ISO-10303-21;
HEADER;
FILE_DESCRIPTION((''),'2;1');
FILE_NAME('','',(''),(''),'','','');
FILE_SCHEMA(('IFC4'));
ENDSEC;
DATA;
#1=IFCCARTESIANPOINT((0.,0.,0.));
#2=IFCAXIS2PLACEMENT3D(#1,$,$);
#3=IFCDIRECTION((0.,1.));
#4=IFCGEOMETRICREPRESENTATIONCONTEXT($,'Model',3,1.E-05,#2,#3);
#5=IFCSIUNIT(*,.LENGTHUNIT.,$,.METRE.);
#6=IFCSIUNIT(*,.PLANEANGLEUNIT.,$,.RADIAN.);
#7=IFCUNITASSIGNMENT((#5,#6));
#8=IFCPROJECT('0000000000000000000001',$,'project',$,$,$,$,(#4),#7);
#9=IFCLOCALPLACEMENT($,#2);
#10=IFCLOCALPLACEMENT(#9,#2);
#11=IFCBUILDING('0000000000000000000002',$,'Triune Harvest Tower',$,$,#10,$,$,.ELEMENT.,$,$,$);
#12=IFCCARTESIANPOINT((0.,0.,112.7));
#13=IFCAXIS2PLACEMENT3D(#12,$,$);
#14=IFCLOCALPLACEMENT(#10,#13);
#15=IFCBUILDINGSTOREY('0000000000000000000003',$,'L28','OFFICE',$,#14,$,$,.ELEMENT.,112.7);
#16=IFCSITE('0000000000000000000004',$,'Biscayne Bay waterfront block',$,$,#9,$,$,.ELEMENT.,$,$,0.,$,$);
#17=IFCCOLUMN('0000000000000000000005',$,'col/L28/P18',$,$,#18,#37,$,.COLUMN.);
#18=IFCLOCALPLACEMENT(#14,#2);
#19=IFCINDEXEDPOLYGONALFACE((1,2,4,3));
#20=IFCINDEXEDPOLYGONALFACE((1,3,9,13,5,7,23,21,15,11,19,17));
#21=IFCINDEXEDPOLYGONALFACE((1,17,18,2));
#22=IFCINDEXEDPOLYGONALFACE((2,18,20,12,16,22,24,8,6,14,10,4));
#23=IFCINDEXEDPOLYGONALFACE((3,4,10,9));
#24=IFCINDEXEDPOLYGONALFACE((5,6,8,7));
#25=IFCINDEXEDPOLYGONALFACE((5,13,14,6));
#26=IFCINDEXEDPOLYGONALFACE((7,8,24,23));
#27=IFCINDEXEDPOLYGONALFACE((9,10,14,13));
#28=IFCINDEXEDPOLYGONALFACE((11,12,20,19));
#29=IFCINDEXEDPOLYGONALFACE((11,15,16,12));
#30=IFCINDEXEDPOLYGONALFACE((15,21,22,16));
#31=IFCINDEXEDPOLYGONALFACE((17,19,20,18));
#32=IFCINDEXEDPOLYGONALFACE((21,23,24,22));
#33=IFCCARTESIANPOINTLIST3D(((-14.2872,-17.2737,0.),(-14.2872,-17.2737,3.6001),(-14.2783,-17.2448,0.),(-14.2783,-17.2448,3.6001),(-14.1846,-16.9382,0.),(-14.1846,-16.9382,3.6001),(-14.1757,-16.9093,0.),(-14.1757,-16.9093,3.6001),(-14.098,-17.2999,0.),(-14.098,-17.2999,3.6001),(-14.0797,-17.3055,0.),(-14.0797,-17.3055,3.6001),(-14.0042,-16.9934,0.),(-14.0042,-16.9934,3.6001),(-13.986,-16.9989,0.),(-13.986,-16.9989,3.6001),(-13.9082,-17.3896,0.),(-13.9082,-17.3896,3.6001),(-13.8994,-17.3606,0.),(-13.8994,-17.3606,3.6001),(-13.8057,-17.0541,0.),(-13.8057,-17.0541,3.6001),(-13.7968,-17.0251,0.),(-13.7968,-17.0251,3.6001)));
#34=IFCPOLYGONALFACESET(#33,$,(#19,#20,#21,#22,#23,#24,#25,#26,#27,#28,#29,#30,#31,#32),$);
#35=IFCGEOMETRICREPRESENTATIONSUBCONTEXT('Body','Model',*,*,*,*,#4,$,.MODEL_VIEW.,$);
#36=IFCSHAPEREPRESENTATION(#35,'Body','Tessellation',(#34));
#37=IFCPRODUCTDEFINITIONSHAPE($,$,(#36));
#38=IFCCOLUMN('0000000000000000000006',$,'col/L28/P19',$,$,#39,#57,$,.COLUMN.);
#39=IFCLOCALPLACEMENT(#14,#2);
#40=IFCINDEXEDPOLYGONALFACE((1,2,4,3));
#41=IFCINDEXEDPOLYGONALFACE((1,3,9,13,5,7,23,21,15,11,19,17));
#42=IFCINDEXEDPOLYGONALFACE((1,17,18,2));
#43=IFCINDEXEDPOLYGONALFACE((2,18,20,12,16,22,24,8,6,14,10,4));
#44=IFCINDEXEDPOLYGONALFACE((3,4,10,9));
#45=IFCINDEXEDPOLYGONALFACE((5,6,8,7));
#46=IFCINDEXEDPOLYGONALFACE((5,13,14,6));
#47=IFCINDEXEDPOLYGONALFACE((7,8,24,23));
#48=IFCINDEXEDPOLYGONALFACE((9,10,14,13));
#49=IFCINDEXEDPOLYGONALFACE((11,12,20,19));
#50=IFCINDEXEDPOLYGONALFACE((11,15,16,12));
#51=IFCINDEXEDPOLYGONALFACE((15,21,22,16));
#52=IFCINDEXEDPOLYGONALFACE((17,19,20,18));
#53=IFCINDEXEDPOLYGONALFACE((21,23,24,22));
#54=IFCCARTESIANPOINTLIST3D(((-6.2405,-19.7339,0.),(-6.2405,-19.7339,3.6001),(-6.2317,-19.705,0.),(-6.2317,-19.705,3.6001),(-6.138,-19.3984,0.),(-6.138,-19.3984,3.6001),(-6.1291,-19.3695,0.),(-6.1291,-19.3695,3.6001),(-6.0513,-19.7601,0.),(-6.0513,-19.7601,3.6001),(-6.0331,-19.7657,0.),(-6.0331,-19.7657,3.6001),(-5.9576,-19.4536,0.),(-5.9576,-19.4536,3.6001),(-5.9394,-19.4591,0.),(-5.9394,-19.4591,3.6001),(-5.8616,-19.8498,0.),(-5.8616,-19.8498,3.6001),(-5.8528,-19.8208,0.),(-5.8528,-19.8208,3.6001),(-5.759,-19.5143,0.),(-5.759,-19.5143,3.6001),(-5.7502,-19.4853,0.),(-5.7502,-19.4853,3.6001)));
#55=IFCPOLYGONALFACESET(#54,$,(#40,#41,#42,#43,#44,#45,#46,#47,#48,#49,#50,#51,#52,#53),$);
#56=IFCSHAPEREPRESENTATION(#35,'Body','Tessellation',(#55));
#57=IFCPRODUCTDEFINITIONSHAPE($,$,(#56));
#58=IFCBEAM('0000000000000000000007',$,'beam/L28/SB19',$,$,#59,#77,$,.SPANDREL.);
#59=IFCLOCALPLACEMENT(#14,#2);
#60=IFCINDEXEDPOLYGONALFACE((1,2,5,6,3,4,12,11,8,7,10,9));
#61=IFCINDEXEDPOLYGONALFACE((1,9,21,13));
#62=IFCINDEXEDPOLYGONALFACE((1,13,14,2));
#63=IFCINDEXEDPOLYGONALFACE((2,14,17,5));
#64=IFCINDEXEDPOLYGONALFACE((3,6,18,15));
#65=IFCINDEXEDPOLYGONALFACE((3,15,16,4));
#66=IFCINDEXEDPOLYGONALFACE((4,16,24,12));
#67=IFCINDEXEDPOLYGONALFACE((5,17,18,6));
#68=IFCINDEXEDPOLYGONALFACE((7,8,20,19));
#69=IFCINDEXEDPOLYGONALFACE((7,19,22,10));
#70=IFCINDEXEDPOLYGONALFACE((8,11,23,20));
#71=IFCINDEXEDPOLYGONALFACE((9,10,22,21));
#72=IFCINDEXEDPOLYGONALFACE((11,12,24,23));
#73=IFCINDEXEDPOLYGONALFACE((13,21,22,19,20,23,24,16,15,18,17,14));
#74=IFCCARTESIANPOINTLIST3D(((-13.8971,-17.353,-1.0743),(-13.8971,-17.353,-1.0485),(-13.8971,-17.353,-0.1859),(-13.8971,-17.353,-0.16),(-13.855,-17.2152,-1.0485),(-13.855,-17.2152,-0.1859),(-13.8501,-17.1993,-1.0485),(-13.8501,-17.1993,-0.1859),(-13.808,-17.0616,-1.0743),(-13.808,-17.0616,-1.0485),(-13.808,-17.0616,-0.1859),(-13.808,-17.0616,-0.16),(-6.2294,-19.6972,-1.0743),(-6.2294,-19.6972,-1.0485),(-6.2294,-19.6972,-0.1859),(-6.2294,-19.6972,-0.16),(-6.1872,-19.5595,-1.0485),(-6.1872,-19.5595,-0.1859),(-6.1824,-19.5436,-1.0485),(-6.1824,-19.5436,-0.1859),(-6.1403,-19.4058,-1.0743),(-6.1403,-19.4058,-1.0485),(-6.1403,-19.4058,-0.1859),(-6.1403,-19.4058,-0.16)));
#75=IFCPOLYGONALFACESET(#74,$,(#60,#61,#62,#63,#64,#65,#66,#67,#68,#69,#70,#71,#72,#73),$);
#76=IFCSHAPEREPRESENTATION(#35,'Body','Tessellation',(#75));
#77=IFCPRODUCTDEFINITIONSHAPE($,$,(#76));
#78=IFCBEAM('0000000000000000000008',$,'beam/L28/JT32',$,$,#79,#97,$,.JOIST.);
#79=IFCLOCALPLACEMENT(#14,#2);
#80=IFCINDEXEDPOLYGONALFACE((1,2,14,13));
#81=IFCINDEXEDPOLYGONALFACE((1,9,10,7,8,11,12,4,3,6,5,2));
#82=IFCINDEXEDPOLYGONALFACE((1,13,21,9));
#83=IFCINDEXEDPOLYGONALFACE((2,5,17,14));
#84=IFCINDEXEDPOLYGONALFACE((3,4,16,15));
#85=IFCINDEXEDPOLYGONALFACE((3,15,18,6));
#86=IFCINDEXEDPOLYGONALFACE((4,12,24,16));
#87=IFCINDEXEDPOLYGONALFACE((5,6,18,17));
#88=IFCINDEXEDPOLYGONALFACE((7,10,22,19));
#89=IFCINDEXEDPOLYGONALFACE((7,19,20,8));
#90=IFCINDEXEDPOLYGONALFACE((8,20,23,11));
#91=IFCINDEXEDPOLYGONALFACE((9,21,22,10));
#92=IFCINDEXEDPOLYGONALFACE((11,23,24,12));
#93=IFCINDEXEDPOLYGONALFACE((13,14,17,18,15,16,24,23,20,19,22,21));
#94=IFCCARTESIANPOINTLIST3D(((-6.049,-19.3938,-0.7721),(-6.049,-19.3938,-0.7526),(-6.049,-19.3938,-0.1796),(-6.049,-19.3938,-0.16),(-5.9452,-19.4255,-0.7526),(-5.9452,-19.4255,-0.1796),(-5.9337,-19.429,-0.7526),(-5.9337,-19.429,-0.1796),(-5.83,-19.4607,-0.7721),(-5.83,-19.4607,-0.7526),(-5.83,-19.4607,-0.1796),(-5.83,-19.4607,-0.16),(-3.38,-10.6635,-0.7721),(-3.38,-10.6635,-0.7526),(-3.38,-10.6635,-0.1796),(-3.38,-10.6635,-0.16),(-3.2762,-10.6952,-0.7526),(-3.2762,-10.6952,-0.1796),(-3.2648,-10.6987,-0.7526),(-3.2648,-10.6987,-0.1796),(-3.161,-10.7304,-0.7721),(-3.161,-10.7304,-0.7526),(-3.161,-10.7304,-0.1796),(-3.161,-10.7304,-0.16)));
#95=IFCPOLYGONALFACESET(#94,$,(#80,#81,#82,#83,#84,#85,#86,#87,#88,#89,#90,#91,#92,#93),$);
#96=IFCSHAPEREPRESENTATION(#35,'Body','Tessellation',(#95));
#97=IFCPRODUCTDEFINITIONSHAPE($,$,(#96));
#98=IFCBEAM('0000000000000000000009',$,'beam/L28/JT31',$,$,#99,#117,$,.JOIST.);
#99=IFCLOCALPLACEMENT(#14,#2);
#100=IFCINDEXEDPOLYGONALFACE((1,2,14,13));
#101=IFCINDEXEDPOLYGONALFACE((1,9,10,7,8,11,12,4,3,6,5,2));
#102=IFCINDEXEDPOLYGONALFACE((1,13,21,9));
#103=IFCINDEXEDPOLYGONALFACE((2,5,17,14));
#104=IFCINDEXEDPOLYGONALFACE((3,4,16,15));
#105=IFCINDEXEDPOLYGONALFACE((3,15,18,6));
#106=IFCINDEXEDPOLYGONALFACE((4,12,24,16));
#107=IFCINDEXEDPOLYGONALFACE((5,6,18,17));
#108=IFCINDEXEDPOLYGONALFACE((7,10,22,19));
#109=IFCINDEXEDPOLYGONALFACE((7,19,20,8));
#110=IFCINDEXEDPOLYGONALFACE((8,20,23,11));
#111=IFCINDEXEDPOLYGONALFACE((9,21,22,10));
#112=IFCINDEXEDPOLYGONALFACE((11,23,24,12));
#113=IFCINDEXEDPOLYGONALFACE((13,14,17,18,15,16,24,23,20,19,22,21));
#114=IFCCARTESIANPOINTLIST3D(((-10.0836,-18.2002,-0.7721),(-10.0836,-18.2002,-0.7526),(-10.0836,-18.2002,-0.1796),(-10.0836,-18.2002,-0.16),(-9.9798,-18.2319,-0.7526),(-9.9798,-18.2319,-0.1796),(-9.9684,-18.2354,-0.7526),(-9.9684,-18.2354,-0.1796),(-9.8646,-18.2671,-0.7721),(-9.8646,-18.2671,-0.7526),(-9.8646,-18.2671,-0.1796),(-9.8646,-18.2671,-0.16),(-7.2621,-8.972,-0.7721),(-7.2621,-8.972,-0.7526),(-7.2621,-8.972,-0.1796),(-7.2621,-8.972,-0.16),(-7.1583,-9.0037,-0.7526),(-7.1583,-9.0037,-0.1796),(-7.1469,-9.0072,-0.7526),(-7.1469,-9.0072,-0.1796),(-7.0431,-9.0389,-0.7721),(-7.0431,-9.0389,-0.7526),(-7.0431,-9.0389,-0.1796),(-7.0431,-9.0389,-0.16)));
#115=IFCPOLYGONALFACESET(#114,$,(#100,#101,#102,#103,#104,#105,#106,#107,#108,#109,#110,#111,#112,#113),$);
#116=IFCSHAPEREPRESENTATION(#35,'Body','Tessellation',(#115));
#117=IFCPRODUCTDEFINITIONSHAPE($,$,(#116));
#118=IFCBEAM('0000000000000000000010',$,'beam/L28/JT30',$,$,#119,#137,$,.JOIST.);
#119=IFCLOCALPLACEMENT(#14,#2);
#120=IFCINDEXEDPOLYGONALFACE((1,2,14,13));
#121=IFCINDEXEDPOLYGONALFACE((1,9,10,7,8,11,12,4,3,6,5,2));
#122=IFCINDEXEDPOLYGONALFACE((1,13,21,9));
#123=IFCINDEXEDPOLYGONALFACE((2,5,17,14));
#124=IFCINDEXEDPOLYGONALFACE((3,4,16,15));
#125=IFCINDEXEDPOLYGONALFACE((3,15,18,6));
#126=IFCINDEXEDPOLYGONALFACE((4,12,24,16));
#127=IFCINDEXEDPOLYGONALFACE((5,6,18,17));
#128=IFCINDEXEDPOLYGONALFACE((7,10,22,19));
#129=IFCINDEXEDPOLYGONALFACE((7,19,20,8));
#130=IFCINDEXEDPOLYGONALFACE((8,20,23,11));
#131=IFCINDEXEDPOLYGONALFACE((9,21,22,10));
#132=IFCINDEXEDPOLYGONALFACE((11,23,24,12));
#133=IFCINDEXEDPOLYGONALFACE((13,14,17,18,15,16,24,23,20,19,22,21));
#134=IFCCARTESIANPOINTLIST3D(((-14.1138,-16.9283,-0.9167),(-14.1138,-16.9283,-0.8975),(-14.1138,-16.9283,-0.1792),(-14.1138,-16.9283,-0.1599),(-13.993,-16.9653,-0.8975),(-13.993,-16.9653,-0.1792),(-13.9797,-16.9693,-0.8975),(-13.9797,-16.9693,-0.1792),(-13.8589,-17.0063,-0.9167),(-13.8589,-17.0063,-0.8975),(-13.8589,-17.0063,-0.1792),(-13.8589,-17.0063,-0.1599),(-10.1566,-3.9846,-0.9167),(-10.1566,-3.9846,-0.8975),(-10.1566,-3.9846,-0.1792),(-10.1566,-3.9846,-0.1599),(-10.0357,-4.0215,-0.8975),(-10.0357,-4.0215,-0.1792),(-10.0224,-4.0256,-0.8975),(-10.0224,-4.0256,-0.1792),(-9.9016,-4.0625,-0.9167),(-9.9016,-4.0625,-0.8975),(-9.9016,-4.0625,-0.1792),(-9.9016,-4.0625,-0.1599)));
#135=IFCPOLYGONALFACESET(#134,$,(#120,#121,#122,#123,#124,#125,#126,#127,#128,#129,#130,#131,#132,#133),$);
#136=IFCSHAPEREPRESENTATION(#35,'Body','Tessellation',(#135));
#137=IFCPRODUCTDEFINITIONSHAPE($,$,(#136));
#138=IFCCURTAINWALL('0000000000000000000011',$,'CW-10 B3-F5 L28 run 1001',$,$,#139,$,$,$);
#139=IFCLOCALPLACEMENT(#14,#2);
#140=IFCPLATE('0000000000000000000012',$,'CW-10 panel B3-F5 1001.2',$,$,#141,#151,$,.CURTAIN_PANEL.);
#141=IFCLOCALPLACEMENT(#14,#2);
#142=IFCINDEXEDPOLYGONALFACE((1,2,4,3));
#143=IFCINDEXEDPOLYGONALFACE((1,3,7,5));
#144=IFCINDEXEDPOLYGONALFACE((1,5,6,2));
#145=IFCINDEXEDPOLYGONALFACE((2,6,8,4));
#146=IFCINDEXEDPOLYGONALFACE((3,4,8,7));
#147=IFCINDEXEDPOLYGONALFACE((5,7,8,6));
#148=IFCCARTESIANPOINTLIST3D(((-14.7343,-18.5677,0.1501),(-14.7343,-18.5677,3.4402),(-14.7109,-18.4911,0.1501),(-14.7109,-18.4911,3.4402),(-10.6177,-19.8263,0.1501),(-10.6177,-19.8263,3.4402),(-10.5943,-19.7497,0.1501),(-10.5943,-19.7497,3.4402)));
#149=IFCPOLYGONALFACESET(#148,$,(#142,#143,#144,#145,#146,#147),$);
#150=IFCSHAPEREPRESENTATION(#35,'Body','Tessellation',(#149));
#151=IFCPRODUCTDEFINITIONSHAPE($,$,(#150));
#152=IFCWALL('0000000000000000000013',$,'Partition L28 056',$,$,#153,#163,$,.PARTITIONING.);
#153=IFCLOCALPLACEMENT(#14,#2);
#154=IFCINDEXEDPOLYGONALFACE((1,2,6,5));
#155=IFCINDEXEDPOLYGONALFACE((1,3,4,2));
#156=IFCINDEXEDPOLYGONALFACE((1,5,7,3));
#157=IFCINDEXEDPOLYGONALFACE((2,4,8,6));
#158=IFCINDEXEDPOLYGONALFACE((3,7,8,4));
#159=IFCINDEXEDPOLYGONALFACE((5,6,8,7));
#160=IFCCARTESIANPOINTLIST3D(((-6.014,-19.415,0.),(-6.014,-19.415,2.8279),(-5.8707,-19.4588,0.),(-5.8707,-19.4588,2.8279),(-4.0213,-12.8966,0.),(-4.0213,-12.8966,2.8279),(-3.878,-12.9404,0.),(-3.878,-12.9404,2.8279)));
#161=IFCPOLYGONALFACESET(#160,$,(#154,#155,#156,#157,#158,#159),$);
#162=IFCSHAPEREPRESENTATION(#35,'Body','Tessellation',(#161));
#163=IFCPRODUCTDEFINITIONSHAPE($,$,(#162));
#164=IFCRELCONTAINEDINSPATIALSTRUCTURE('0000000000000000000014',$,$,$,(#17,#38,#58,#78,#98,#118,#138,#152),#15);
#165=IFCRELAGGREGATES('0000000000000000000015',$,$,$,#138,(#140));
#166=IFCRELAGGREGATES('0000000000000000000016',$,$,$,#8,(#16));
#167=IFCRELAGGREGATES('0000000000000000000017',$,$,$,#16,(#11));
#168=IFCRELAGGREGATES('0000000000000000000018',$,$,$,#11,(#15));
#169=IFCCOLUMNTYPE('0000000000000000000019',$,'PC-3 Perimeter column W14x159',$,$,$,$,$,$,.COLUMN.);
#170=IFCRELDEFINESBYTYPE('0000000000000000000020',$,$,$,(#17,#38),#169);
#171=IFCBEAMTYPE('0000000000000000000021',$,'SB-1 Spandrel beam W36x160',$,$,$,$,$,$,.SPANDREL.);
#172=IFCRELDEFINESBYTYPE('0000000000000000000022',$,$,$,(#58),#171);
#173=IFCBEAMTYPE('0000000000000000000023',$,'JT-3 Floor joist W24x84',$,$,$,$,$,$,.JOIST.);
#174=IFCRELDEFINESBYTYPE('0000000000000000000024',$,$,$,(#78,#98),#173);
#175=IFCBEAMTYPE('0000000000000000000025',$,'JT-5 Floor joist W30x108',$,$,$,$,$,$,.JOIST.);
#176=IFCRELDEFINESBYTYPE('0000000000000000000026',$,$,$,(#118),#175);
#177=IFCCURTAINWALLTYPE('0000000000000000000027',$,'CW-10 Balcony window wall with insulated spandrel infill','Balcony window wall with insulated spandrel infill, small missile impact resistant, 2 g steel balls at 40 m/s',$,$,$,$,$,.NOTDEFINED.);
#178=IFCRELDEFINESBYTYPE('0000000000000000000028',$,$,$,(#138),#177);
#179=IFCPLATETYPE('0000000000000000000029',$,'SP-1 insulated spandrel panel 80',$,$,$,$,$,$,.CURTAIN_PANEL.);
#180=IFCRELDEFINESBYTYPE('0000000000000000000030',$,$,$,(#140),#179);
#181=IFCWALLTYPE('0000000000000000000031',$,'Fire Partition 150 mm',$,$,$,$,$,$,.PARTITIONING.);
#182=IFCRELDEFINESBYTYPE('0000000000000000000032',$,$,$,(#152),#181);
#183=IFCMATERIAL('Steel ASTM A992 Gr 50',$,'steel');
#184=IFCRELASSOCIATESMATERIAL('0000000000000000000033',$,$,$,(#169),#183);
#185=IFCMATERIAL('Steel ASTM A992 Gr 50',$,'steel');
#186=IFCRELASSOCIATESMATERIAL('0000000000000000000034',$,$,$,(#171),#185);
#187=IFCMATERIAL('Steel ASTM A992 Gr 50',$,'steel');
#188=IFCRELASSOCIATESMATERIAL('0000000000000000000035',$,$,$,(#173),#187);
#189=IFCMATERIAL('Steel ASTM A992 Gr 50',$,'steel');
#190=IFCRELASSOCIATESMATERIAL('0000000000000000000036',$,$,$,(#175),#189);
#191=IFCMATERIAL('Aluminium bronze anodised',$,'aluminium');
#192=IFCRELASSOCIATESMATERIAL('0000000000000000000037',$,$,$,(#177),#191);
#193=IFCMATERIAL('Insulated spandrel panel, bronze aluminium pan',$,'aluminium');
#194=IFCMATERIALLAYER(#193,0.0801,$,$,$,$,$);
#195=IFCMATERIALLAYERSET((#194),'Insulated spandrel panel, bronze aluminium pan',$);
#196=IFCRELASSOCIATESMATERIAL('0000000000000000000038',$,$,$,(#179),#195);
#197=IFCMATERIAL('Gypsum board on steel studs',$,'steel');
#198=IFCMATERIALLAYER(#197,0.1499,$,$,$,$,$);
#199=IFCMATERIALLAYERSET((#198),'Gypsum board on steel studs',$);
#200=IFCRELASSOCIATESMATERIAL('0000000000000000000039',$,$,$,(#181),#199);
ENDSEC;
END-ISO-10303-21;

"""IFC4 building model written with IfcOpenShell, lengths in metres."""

from ifc_helpers import new_model, si_unit, direction, frame, frame_2d, origin, origin_2d, place, context, subcontext, project, spatial, rectangle, i_section, extrude, source, transform, mapped, material, layer, layer_set, material_profile, profile_set, type_object, element, aggregate, save


model = new_model("IFC4")

# Units and contexts
model_context = context("Model", 3, precision=1e-05, world=origin(), true_north=direction((0.0, 1.0)))
body_context = subcontext(model_context, "Body", "Model", "MODEL_VIEW")
ifc_project = project(units=[si_unit("LENGTHUNIT", "METRE"), si_unit("PLANEANGLEUNIT", "RADIAN")], contexts=[model_context])

# Site, building, storey
site_placement = place(None, origin())
site = spatial("IfcSite", under=ifc_project, at=site_placement, Name="Biscayne Bay waterfront block", CompositionType="ELEMENT", RefElevation=0.0)
building_placement = place(site_placement, origin())
building = spatial("IfcBuilding", under=site, at=building_placement, Name="Triune Harvest Tower", CompositionType="ELEMENT")
storey_placement = place(building_placement, frame((0.0, 0.0, 112.7)))
storey = spatial("IfcBuildingStorey", under=building, at=storey_placement, Name="L28", Description="OFFICE", CompositionType="ELEMENT", Elevation=112.7)

# Columns
ifc_material_1 = material(Name="Steel ASTM A992 Gr 50", Category="steel")
ifc_material_profile_1 = material_profile(ifc_material_1, i_section(OverallWidth=0.3962, OverallDepth=0.3811, WebThickness=0.019, FlangeThickness=0.0303, at=origin_2d()), Name="W14x159")
ifc_profile_set_1 = profile_set([ifc_material_profile_1], Name="Steel ASTM A992 Gr 50")
column_type = type_object("IfcColumnType", Name="PC-3 Perimeter column W14x159", PredefinedType="COLUMN", material=ifc_profile_set_1)
shared_shape_1 = source(origin(), body_context, "Body", "SweptSolid", [
    extrude(i_section(OverallWidth=0.3962, OverallDepth=0.3811, WebThickness=0.019, FlangeThickness=0.0303, at=origin_2d()), origin(), (0.0, 0.0, 1.0), 3.6001),
])
for number, where, z_axis, x_axis, name in (
    (1, (-14.042, -17.1494, 0.0), (0.0, 0.0, 1.0), (0.956305, -0.292372, 0.0), "col/L28/P18"),
    (2, (-5.9954, -19.6096, 0.0), (0.0, 0.0, 1.0), (0.956305, -0.292372, 0.0), "col/L28/P19"),
):
    element("IfcColumn", number, at=place(storey_placement, frame(where, z_axis=z_axis, x_axis=x_axis)), inside=storey, type_object=column_type, Name=name, PredefinedType="COLUMN", context=body_context, shape_type="MappedRepresentation", body=[
        mapped(shared_shape_1, transform((0.0, 0.0, 0.0), scale=1.0)),
    ])

# Beams
ifc_material_2 = material(Name="Steel ASTM A992 Gr 50", Category="steel")
ifc_material_profile_2 = material_profile(ifc_material_2, i_section(OverallWidth=0.3047, OverallDepth=0.9143, WebThickness=0.0166, FlangeThickness=0.0259, at=origin_2d()), Name="W36x160")
ifc_profile_set_2 = profile_set([ifc_material_profile_2], Name="Steel ASTM A992 Gr 50")
beam_type_1 = type_object("IfcBeamType", Name="SB-1 Spandrel beam W36x160", PredefinedType="SPANDREL", material=ifc_profile_set_2)
shared_shape_2 = source(origin(), body_context, "Body", "SweptSolid", [
    extrude(i_section(OverallWidth=0.3047, OverallDepth=0.9143, WebThickness=0.0166, FlangeThickness=0.0259, at=origin_2d()), origin(), (0.0, 0.0, 1.0), 8.0181),
])
beam_1_placement = place(storey_placement, frame((-13.8525, -17.2073, -0.6172), z_axis=(0.956305, -0.292369, 0.0), x_axis=(0.292369, 0.956305, 0.0)))
element("IfcBeam", 3, at=beam_1_placement, inside=storey, type_object=beam_type_1, Name="beam/L28/SB19", PredefinedType="SPANDREL", context=body_context, shape_type="MappedRepresentation", body=[
    mapped(shared_shape_2, transform((0.0, 0.0, 0.0), scale=1.0)),
])
ifc_material_3 = material(Name="Steel ASTM A992 Gr 50", Category="steel")
ifc_material_profile_3 = material_profile(ifc_material_3, i_section(OverallWidth=0.229, OverallDepth=0.6121, WebThickness=0.012, FlangeThickness=0.0195, at=origin_2d()), Name="W24x84")
ifc_profile_set_3 = profile_set([ifc_material_profile_3], Name="Steel ASTM A992 Gr 50")
beam_type_2 = type_object("IfcBeamType", Name="JT-3 Floor joist W24x84", PredefinedType="JOIST", material=ifc_profile_set_3)
shared_shape_3 = source(origin(), body_context, "Body", "SweptSolid", [
    extrude(i_section(OverallWidth=0.229, OverallDepth=0.6121, WebThickness=0.012, FlangeThickness=0.0195, at=origin_2d()), origin(), (0.0, 0.0, 1.0), 9.1292),
])
beam_2_placement = place(storey_placement, frame((-5.9395, -19.4272, -0.4661), z_axis=(0.292356, 0.956309, 0.0), x_axis=(-0.956309, 0.292356, 0.0)))
element("IfcBeam", 4, at=beam_2_placement, inside=storey, type_object=beam_type_2, Name="beam/L28/JT32", PredefinedType="JOIST", context=body_context, shape_type="MappedRepresentation", body=[
    mapped(shared_shape_3, transform((0.0, 0.0, 0.0), scale=1.0)),
])
shared_shape_4 = source(origin(), body_context, "Body", "SweptSolid", [
    extrude(i_section(OverallWidth=0.229, OverallDepth=0.6121, WebThickness=0.012, FlangeThickness=0.0195, at=origin_2d()), origin(), (0.0, 0.0, 1.0), 9.6499),
])
beam_3_placement = place(storey_placement, frame((-9.9741, -18.2336, -0.4661), z_axis=(0.292388, 0.9563, 0.0), x_axis=(-0.9563, 0.292388, 0.0)))
element("IfcBeam", 5, at=beam_3_placement, inside=storey, type_object=beam_type_2, Name="beam/L28/JT31", PredefinedType="JOIST", context=body_context, shape_type="MappedRepresentation", body=[
    mapped(shared_shape_4, transform((0.0, 0.0, 0.0), scale=1.0)),
])
ifc_material_4 = material(Name="Steel ASTM A992 Gr 50", Category="steel")
ifc_material_profile_4 = material_profile(ifc_material_4, i_section(OverallWidth=0.2666, OverallDepth=0.7568, WebThickness=0.0139, FlangeThickness=0.0193, at=origin_2d()), Name="W30x108")
ifc_profile_set_4 = profile_set([ifc_material_profile_4], Name="Steel ASTM A992 Gr 50")
beam_type_3 = type_object("IfcBeamType", Name="JT-5 Floor joist W30x108", PredefinedType="JOIST", material=ifc_profile_set_4)
shared_shape_5 = source(origin(), body_context, "Body", "SweptSolid", [
    extrude(i_section(OverallWidth=0.2666, OverallDepth=0.7568, WebThickness=0.0139, FlangeThickness=0.0193, at=origin_2d()), origin(), (0.0, 0.0, 1.0), 13.5352),
])
beam_4_placement = place(storey_placement, frame((-13.9863, -16.9673, -0.5383), z_axis=(0.292368, 0.956306, 0.0), x_axis=(-0.956306, 0.292368, 0.0)))
element("IfcBeam", 6, at=beam_4_placement, inside=storey, type_object=beam_type_3, Name="beam/L28/JT30", PredefinedType="JOIST", context=body_context, shape_type="MappedRepresentation", body=[
    mapped(shared_shape_5, transform((0.0, 0.0, 0.0), scale=1.0)),
])

# Curtain wall, plate
ifc_material_5 = material(Name="Aluminium bronze anodised", Category="aluminium")
curtain_wall_type = type_object("IfcCurtainWallType", Name="CW-10 Balcony window wall with insulated spandrel infill", Description="Balcony window wall with insulated spandrel infill, small missile impact resistant, 2 g steel balls at 40 m/s", PredefinedType="NOTDEFINED", material=ifc_material_5)
curtain_wall_placement = place(storey_placement, origin())
curtain_wall = element("IfcCurtainWall", 7, at=curtain_wall_placement, inside=storey, type_object=curtain_wall_type, Name="CW-10 B3-F5 L28 run 1001")
ifc_material_6 = material(Name="Insulated spandrel panel, bronze aluminium pan", Category="aluminium")
ifc_layer_1 = layer(ifc_material_6, 0.0801)
ifc_layer_set_1 = layer_set([ifc_layer_1], Name="Insulated spandrel panel, bronze aluminium pan")
plate_type = type_object("IfcPlateType", Name="SP-1 insulated spandrel panel 80", PredefinedType="CURTAIN_PANEL", material=ifc_layer_set_1)
shared_shape_6 = source(origin(), body_context, "Body", "SweptSolid", [
    extrude(rectangle(XDim=4.3047, YDim=0.0801, at=origin_2d()), origin(), (0.0, 0.0, 1.0), 3.29),
])
plate_placement = place(storey_placement, frame((-12.6643, -19.1587, 0.1501), z_axis=(0.0, 0.0, 1.0), x_axis=(0.956305, -0.292372, 0.0)))
plate = element("IfcPlate", 8, at=plate_placement, type_object=plate_type, Name="CW-10 panel B3-F5 1001.2", PredefinedType="CURTAIN_PANEL", context=body_context, shape_type="MappedRepresentation", body=[
    mapped(shared_shape_6, transform((0.0, 0.0, 0.0), scale=1.0)),
])
aggregate(curtain_wall, [plate])

# Wall
ifc_material_7 = material(Name="Gypsum board on steel studs", Category="steel")
ifc_layer_2 = layer(ifc_material_7, 0.1499)
ifc_layer_set_2 = layer_set([ifc_layer_2], Name="Gypsum board on steel studs")
wall_type_1 = type_object("IfcWallType", Name="Fire Partition 150 mm", PredefinedType="PARTITIONING", material=ifc_layer_set_2)
wall_1_placement = place(storey_placement, frame((-5.9424, -19.437, 0.0), z_axis=(0.0, 0.0, 1.0), x_axis=(0.292349, 0.956312, 0.0)))
element("IfcWall", 9, at=wall_1_placement, inside=storey, type_object=wall_type_1, Name="Partition L28 056", PredefinedType="PARTITIONING", context=body_context, shape_type="SweptSolid", body=[
    extrude(rectangle(XDim=6.8162, YDim=0.1499, at=frame_2d((3.4082, 0.0))), origin(), (0.0, 0.0, 1.0), 2.8279),
])

save(model, "model.ifc")
